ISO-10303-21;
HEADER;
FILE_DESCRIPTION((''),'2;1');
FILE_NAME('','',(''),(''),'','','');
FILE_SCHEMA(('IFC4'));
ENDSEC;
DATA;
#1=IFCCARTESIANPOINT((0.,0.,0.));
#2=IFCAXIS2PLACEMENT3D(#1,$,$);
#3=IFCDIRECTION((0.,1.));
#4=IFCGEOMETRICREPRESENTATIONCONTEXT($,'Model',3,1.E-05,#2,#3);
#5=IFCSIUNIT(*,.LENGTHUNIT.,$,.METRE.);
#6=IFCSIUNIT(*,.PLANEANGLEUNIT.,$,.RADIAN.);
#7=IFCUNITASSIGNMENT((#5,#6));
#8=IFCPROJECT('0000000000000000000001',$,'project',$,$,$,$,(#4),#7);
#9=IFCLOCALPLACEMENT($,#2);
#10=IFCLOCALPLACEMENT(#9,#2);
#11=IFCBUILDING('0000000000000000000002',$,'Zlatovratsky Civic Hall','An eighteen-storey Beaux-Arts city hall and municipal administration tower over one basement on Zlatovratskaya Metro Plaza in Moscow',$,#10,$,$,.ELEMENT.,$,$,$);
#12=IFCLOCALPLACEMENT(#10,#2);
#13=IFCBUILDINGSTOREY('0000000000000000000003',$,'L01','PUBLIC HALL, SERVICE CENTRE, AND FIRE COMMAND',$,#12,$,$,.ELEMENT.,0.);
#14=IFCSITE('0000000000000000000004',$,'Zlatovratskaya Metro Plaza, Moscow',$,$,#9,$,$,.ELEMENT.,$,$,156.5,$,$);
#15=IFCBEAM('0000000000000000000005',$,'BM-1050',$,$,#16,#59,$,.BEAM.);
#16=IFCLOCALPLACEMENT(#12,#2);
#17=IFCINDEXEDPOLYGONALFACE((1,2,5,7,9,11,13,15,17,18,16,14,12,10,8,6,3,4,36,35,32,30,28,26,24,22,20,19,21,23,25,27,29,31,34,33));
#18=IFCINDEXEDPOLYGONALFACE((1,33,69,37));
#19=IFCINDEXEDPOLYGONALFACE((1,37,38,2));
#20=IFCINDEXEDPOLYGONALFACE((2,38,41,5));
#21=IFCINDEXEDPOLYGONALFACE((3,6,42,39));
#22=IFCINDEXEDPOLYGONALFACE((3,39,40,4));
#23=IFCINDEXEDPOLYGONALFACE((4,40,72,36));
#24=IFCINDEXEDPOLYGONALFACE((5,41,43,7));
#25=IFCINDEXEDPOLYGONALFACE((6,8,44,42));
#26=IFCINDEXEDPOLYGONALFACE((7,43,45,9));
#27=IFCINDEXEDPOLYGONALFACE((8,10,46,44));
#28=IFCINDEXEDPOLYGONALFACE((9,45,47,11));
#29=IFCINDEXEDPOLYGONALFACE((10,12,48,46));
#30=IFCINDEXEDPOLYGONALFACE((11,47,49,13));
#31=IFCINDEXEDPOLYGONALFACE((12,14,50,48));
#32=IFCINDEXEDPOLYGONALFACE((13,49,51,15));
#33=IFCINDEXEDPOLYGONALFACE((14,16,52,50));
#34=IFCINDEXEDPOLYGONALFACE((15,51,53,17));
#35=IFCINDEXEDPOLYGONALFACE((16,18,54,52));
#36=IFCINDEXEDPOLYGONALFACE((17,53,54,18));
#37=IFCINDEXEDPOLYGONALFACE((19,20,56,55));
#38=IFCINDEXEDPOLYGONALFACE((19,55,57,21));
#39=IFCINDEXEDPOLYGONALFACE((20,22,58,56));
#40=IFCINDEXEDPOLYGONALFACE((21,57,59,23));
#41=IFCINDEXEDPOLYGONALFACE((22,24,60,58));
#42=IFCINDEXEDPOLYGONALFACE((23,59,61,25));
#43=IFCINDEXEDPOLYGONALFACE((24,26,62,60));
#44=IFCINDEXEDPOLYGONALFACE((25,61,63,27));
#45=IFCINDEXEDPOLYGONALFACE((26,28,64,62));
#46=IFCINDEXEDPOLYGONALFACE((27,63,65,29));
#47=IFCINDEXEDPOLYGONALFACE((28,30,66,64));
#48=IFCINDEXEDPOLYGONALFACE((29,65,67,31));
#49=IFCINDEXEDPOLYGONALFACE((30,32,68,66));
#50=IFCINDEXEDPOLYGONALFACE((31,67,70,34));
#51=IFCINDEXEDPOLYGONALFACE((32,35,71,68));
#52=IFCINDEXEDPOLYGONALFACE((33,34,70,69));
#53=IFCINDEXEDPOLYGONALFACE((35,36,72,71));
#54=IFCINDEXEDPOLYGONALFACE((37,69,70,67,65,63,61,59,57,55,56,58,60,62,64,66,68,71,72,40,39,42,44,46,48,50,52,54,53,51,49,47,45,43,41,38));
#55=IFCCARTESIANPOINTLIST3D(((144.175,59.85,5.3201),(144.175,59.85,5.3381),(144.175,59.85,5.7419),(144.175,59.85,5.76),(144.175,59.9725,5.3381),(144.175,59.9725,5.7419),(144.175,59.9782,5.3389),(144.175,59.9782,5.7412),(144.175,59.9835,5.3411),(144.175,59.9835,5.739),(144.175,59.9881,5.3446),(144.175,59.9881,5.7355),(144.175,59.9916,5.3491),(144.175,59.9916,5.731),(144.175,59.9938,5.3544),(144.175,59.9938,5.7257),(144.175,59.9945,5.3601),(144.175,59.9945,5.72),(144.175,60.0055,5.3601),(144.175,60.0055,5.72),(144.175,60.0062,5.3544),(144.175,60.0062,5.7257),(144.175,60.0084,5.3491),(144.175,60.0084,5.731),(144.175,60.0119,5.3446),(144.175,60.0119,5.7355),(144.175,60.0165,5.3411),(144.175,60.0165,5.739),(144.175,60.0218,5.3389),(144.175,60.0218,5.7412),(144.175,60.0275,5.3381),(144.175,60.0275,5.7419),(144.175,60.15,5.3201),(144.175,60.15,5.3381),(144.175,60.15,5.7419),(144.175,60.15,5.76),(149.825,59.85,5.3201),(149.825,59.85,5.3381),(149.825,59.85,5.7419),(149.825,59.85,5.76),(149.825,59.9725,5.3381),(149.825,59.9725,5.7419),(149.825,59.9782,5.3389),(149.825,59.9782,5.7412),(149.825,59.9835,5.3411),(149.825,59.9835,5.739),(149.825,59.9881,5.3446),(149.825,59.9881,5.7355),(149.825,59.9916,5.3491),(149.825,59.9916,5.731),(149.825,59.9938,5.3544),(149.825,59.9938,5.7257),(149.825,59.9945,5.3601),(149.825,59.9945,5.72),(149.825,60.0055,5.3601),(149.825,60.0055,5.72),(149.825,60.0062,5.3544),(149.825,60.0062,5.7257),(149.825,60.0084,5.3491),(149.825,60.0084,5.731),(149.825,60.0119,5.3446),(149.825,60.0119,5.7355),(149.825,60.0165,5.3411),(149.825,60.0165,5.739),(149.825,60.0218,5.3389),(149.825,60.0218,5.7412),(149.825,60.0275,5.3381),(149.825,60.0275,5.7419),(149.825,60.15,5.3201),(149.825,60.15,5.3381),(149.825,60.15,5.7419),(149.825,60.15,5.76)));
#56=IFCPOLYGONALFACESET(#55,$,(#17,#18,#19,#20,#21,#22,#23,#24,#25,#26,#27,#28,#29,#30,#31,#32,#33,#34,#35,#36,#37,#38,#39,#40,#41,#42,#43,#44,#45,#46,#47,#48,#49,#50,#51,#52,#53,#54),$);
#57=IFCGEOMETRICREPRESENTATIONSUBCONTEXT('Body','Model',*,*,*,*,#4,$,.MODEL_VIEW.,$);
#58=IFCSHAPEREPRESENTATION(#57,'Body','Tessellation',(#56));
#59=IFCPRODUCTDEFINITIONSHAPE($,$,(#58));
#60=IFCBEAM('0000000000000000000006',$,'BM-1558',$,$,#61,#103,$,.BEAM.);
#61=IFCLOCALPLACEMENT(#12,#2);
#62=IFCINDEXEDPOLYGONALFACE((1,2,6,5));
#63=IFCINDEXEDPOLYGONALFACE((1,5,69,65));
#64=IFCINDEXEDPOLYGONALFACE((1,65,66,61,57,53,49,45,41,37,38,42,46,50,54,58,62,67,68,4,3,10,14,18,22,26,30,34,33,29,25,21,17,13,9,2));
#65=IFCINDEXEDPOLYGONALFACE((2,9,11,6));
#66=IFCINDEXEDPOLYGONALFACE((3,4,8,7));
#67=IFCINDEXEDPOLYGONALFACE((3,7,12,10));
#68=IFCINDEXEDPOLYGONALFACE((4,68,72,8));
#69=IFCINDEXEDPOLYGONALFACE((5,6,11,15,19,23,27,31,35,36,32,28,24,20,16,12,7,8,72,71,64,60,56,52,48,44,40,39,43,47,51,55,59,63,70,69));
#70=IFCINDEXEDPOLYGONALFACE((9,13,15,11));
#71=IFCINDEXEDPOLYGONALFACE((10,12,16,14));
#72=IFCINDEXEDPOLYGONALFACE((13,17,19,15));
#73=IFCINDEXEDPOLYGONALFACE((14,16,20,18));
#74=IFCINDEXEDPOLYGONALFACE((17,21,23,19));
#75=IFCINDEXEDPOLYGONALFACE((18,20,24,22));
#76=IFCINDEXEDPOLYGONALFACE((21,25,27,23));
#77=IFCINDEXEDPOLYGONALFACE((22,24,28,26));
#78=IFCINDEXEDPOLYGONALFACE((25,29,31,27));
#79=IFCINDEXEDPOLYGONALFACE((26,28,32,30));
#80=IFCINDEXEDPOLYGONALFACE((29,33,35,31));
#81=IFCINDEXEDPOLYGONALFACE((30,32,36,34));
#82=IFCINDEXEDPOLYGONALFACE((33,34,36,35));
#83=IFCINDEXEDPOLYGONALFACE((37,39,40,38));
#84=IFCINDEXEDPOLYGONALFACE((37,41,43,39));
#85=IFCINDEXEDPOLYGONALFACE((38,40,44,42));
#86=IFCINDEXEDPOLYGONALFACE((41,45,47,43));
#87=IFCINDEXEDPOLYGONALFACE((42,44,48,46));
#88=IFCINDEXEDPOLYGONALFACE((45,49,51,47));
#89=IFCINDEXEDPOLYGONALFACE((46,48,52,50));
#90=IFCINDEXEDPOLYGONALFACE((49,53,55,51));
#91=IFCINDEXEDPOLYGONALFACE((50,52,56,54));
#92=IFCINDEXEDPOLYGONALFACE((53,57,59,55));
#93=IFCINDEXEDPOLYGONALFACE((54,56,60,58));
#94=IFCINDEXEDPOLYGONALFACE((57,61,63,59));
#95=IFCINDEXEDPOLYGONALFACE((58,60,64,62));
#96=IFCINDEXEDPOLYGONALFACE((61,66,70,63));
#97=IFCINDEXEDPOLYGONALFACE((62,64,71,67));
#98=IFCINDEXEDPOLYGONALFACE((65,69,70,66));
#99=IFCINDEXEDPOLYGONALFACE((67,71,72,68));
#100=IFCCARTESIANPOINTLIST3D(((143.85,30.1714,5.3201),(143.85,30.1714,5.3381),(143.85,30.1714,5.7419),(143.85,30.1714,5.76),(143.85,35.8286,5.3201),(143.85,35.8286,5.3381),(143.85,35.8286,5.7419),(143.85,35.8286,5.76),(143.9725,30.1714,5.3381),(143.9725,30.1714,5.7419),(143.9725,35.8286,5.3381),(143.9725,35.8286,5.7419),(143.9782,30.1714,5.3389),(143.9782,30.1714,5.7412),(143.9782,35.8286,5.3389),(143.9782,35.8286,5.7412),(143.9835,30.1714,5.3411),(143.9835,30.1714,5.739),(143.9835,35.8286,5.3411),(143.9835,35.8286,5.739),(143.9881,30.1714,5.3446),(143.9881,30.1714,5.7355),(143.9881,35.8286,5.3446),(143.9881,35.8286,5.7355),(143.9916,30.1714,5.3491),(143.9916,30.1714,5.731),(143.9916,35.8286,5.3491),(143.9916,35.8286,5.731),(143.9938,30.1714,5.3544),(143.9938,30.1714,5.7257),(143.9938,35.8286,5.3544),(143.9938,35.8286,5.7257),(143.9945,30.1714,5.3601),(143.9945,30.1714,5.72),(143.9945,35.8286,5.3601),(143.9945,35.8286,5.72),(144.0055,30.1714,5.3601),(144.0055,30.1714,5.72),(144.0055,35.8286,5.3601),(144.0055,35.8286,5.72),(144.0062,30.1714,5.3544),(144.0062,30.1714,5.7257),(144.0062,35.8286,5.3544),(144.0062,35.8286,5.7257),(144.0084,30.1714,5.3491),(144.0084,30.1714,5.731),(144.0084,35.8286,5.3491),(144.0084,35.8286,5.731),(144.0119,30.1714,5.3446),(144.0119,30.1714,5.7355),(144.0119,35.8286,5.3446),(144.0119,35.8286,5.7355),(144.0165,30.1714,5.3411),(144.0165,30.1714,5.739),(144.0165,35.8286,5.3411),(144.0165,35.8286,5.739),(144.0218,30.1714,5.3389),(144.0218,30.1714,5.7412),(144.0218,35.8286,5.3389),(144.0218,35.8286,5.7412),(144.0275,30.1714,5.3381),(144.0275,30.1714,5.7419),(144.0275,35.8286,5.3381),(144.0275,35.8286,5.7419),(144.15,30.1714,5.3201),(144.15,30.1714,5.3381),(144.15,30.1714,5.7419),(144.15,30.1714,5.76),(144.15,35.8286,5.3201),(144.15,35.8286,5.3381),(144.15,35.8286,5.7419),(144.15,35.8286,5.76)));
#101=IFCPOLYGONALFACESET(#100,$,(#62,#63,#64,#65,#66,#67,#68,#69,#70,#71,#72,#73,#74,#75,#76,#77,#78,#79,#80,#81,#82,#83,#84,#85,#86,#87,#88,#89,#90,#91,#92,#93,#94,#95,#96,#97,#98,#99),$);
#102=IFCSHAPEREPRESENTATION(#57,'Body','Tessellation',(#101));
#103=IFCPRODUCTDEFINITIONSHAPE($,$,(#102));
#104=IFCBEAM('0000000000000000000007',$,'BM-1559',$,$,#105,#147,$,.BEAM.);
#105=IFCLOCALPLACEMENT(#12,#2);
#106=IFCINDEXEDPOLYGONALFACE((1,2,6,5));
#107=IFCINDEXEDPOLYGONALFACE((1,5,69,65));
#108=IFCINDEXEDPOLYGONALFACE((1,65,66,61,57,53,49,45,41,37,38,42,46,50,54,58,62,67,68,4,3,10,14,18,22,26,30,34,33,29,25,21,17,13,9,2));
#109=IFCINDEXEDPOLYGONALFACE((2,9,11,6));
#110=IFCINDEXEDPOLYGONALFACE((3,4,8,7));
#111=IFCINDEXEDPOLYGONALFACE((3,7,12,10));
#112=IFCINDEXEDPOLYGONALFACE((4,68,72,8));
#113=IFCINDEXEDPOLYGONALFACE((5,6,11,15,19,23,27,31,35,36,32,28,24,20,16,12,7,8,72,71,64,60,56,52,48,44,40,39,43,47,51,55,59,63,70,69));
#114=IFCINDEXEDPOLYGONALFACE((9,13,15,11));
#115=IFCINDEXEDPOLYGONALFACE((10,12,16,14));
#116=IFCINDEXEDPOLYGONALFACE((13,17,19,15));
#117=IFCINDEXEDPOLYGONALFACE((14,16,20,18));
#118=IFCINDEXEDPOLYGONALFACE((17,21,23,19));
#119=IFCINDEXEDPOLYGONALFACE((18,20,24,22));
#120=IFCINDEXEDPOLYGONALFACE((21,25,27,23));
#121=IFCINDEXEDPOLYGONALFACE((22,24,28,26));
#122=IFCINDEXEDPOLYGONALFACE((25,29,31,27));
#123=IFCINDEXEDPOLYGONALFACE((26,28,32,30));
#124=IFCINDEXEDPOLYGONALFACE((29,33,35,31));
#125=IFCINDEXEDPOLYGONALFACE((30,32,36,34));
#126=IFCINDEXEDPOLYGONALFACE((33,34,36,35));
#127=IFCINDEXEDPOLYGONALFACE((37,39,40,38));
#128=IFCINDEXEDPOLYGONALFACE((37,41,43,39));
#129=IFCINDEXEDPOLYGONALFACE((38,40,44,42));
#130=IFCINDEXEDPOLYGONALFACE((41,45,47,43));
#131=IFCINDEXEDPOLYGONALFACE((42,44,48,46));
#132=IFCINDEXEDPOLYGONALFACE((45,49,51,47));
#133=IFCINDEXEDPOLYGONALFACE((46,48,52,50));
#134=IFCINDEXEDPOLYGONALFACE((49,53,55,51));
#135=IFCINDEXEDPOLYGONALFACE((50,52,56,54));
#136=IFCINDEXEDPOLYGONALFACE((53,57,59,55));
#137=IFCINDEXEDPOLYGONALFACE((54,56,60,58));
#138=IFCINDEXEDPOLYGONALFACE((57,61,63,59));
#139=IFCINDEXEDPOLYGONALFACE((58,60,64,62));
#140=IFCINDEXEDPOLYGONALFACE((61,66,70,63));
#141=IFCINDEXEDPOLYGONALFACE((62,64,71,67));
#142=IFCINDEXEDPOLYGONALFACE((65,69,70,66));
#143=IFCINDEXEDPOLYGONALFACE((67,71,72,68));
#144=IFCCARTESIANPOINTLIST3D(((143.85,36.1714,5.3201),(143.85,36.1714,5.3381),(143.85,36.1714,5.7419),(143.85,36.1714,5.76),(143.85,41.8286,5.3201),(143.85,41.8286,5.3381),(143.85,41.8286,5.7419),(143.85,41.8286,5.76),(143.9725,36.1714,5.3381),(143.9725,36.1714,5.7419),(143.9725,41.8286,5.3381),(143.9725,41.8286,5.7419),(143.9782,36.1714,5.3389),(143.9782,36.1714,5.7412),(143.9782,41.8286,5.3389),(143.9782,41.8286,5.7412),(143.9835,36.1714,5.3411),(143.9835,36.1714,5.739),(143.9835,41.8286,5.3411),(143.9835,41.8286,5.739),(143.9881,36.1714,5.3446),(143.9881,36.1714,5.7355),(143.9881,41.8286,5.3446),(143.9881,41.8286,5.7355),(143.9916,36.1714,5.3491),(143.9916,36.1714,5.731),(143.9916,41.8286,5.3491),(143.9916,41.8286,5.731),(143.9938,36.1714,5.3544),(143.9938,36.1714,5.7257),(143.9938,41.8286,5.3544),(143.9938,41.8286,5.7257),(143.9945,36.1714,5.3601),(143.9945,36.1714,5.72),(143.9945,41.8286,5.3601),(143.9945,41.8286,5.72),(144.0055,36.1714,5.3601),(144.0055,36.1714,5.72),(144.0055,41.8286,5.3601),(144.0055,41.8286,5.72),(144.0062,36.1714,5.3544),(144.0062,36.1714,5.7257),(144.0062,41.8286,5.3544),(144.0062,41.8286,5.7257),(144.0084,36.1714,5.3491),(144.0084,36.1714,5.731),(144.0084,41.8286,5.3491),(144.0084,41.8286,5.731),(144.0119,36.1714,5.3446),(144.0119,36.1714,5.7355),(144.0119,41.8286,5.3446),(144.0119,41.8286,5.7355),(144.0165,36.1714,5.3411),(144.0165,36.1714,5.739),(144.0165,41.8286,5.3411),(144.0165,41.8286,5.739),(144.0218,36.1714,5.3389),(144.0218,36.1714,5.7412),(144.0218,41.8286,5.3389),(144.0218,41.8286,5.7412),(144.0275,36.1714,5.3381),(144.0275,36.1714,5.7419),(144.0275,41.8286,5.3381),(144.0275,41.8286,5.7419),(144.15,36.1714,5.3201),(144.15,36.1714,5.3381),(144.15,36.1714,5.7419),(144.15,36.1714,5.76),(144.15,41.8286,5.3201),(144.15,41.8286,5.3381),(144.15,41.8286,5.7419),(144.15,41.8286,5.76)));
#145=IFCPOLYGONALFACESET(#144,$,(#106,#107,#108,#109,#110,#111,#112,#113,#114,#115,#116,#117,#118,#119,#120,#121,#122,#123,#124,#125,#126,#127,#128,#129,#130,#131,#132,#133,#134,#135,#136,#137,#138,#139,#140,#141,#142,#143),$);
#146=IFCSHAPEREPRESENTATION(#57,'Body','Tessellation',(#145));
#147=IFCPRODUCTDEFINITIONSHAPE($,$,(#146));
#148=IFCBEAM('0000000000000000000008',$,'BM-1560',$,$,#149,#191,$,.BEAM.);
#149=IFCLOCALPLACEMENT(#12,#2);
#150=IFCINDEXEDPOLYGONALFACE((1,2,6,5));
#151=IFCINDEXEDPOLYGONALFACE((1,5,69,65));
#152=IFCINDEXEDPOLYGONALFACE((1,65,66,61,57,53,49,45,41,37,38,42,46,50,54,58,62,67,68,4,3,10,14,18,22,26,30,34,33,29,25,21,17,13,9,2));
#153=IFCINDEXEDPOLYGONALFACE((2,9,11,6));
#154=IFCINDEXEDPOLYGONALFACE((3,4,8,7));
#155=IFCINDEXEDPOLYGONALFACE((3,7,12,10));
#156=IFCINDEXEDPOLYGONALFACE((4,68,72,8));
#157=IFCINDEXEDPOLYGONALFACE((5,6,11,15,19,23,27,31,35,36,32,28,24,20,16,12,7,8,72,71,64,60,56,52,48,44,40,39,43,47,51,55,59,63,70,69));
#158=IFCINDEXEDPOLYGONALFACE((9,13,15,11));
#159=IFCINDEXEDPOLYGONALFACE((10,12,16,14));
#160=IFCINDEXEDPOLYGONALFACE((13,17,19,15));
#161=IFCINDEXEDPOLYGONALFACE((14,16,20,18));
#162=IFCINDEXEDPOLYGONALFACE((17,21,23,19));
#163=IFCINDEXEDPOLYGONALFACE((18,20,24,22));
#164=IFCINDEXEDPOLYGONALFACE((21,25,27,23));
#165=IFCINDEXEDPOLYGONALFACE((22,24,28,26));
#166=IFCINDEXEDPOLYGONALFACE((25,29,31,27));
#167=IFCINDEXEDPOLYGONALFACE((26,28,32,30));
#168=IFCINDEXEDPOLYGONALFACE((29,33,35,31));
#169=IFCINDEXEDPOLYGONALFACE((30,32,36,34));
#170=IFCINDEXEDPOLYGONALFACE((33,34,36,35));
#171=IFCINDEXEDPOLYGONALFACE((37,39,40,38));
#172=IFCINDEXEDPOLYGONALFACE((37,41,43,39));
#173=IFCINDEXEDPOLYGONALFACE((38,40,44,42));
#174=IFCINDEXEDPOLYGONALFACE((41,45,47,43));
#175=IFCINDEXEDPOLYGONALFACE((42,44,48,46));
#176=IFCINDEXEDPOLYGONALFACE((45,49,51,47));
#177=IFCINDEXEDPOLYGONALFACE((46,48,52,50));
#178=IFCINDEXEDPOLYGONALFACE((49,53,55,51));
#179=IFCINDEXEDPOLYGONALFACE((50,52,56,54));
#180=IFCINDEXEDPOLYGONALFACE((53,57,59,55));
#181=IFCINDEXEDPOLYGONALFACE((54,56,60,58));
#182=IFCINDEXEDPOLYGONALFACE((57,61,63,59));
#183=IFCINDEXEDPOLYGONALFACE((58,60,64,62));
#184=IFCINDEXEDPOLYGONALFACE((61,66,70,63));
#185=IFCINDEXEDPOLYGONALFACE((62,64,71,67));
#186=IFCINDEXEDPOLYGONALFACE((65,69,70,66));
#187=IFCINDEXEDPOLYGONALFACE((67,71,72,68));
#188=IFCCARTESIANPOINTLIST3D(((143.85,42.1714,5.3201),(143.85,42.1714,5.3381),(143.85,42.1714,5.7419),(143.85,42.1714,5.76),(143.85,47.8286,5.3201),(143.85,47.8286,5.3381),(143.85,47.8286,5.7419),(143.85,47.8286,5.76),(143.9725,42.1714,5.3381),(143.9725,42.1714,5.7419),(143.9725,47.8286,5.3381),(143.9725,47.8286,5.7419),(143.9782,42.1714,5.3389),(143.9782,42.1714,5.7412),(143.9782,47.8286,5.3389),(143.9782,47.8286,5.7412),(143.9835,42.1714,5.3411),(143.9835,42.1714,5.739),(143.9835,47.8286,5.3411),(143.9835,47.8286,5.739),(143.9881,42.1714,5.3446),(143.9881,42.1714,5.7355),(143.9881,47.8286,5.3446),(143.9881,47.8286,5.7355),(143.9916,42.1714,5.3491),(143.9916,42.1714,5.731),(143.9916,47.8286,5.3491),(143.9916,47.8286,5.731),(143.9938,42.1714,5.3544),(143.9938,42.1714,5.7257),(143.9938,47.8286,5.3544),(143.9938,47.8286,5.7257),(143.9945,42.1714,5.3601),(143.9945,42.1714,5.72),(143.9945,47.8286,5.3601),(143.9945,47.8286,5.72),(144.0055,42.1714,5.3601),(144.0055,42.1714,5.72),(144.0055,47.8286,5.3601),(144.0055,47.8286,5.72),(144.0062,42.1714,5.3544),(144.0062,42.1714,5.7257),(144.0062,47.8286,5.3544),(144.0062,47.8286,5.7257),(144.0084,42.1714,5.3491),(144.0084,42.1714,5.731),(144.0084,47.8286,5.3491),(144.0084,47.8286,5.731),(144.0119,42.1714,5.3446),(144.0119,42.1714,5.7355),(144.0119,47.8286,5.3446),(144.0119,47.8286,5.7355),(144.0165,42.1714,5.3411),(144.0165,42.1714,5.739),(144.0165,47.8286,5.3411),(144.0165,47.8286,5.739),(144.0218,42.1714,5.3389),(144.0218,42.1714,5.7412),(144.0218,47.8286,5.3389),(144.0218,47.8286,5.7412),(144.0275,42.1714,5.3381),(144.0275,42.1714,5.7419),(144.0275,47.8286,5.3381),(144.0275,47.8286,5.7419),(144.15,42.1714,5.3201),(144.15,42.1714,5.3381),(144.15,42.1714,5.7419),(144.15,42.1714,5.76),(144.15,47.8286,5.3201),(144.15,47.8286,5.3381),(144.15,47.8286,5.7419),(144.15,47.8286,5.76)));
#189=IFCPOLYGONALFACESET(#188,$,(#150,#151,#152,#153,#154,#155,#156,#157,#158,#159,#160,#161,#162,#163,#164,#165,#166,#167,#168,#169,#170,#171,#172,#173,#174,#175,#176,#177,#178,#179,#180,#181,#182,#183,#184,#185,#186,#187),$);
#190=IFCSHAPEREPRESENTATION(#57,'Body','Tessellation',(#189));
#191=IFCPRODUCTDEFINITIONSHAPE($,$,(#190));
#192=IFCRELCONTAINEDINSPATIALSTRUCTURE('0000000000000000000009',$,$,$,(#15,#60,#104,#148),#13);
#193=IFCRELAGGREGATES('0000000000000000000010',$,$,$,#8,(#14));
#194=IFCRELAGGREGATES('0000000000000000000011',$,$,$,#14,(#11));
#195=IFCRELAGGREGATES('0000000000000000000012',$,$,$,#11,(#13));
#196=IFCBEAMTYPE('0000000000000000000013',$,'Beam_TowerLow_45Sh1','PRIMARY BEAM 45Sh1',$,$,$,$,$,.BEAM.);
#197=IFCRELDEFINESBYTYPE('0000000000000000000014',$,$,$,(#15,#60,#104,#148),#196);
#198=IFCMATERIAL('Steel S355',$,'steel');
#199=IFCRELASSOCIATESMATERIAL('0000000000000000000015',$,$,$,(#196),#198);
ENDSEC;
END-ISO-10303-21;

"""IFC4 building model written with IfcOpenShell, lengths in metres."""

from ifc_helpers import new_model, si_unit, direction, frame, origin, origin_2d, place, context, subcontext, project, spatial, i_section, extrude, material, material_profile, profile_set, type_object, element, save


model = new_model("IFC4")

# Units and contexts
model_context = context("Model", 3, precision=1e-05, world=origin(), true_north=direction((0.0, 1.0)))
body_context = subcontext(model_context, "Body", "Model", "MODEL_VIEW")
ifc_project = project(units=[si_unit("LENGTHUNIT", "METRE"), si_unit("PLANEANGLEUNIT", "RADIAN")], contexts=[model_context])

# Site, building, storey
site_placement = place(None, origin())
site = spatial("IfcSite", under=ifc_project, at=site_placement, Name="Zlatovratskaya Metro Plaza, Moscow", CompositionType="ELEMENT", RefElevation=156.5)
building_placement = place(site_placement, origin())
building = spatial("IfcBuilding", under=site, at=building_placement, Name="Zlatovratsky Civic Hall", Description="An eighteen-storey Beaux-Arts city hall and municipal administration tower over one basement on Zlatovratskaya Metro Plaza in Moscow", CompositionType="ELEMENT")
storey_placement = place(building_placement, origin())
storey = spatial("IfcBuildingStorey", under=building, at=storey_placement, Name="L01", Description="PUBLIC HALL, SERVICE CENTRE, AND FIRE COMMAND", CompositionType="ELEMENT", Elevation=0.0)

# Shared definitions
ifc_material = material(Name="Steel S355", Category="steel")

# Beams
ifc_material_profile_1 = material_profile(ifc_material, i_section(OverallWidth=0.3, OverallDepth=0.4399, WebThickness=0.011, FlangeThickness=0.0181, FilletRadius=0.022, at=origin_2d()), Name="45Sh1")
ifc_profile_set_1 = profile_set([ifc_material_profile_1], Name="Steel S355")
beam_type_1 = type_object("IfcBeamType", Name="Beam_TowerLow_45Sh1", Description="PRIMARY BEAM 45Sh1", PredefinedType="BEAM", material=ifc_profile_set_1)
for number, where, z_axis, x_axis, name in (
    (1, (144.175, 60.0, 5.54), (1.0, 0.0, 0.0), (0.0, 1.0, 0.0), "BM-1050"),
):
    element("IfcBeam", number, at=place(storey_placement, frame(where, z_axis=z_axis, x_axis=x_axis)), inside=storey, type_object=beam_type_1, Name=name, PredefinedType="BEAM", context=body_context, shape_type="SweptSolid", body=[
        extrude(i_section(OverallWidth=0.3, OverallDepth=0.4399, WebThickness=0.011, FlangeThickness=0.0181, FilletRadius=0.022, at=origin_2d()), origin(), (0.0, 0.0, 1.0), 5.6499),
    ])
for number, where, z_axis, x_axis, name in (
    (2, (144.0, 30.1714, 5.54), (0.0, 1.0, 0.0), (-1.0, 0.0, 0.0), "BM-1558"),
    (3, (144.0, 36.1714, 5.54), (0.0, 1.0, 0.0), (-1.0, 0.0, 0.0), "BM-1559"),
    (4, (144.0, 42.1714, 5.54), (0.0, 1.0, 0.0), (-1.0, 0.0, 0.0), "BM-1560"),
):
    element("IfcBeam", number, at=place(storey_placement, frame(where, z_axis=z_axis, x_axis=x_axis)), inside=storey, type_object=beam_type_1, Name=name, PredefinedType="BEAM", context=body_context, shape_type="SweptSolid", body=[
        extrude(i_section(OverallWidth=0.3, OverallDepth=0.4399, WebThickness=0.011, FlangeThickness=0.0181, FilletRadius=0.022, at=origin_2d()), origin(), (0.0, 0.0, 1.0), 5.6572),
    ])

save(model, "model.ifc")
